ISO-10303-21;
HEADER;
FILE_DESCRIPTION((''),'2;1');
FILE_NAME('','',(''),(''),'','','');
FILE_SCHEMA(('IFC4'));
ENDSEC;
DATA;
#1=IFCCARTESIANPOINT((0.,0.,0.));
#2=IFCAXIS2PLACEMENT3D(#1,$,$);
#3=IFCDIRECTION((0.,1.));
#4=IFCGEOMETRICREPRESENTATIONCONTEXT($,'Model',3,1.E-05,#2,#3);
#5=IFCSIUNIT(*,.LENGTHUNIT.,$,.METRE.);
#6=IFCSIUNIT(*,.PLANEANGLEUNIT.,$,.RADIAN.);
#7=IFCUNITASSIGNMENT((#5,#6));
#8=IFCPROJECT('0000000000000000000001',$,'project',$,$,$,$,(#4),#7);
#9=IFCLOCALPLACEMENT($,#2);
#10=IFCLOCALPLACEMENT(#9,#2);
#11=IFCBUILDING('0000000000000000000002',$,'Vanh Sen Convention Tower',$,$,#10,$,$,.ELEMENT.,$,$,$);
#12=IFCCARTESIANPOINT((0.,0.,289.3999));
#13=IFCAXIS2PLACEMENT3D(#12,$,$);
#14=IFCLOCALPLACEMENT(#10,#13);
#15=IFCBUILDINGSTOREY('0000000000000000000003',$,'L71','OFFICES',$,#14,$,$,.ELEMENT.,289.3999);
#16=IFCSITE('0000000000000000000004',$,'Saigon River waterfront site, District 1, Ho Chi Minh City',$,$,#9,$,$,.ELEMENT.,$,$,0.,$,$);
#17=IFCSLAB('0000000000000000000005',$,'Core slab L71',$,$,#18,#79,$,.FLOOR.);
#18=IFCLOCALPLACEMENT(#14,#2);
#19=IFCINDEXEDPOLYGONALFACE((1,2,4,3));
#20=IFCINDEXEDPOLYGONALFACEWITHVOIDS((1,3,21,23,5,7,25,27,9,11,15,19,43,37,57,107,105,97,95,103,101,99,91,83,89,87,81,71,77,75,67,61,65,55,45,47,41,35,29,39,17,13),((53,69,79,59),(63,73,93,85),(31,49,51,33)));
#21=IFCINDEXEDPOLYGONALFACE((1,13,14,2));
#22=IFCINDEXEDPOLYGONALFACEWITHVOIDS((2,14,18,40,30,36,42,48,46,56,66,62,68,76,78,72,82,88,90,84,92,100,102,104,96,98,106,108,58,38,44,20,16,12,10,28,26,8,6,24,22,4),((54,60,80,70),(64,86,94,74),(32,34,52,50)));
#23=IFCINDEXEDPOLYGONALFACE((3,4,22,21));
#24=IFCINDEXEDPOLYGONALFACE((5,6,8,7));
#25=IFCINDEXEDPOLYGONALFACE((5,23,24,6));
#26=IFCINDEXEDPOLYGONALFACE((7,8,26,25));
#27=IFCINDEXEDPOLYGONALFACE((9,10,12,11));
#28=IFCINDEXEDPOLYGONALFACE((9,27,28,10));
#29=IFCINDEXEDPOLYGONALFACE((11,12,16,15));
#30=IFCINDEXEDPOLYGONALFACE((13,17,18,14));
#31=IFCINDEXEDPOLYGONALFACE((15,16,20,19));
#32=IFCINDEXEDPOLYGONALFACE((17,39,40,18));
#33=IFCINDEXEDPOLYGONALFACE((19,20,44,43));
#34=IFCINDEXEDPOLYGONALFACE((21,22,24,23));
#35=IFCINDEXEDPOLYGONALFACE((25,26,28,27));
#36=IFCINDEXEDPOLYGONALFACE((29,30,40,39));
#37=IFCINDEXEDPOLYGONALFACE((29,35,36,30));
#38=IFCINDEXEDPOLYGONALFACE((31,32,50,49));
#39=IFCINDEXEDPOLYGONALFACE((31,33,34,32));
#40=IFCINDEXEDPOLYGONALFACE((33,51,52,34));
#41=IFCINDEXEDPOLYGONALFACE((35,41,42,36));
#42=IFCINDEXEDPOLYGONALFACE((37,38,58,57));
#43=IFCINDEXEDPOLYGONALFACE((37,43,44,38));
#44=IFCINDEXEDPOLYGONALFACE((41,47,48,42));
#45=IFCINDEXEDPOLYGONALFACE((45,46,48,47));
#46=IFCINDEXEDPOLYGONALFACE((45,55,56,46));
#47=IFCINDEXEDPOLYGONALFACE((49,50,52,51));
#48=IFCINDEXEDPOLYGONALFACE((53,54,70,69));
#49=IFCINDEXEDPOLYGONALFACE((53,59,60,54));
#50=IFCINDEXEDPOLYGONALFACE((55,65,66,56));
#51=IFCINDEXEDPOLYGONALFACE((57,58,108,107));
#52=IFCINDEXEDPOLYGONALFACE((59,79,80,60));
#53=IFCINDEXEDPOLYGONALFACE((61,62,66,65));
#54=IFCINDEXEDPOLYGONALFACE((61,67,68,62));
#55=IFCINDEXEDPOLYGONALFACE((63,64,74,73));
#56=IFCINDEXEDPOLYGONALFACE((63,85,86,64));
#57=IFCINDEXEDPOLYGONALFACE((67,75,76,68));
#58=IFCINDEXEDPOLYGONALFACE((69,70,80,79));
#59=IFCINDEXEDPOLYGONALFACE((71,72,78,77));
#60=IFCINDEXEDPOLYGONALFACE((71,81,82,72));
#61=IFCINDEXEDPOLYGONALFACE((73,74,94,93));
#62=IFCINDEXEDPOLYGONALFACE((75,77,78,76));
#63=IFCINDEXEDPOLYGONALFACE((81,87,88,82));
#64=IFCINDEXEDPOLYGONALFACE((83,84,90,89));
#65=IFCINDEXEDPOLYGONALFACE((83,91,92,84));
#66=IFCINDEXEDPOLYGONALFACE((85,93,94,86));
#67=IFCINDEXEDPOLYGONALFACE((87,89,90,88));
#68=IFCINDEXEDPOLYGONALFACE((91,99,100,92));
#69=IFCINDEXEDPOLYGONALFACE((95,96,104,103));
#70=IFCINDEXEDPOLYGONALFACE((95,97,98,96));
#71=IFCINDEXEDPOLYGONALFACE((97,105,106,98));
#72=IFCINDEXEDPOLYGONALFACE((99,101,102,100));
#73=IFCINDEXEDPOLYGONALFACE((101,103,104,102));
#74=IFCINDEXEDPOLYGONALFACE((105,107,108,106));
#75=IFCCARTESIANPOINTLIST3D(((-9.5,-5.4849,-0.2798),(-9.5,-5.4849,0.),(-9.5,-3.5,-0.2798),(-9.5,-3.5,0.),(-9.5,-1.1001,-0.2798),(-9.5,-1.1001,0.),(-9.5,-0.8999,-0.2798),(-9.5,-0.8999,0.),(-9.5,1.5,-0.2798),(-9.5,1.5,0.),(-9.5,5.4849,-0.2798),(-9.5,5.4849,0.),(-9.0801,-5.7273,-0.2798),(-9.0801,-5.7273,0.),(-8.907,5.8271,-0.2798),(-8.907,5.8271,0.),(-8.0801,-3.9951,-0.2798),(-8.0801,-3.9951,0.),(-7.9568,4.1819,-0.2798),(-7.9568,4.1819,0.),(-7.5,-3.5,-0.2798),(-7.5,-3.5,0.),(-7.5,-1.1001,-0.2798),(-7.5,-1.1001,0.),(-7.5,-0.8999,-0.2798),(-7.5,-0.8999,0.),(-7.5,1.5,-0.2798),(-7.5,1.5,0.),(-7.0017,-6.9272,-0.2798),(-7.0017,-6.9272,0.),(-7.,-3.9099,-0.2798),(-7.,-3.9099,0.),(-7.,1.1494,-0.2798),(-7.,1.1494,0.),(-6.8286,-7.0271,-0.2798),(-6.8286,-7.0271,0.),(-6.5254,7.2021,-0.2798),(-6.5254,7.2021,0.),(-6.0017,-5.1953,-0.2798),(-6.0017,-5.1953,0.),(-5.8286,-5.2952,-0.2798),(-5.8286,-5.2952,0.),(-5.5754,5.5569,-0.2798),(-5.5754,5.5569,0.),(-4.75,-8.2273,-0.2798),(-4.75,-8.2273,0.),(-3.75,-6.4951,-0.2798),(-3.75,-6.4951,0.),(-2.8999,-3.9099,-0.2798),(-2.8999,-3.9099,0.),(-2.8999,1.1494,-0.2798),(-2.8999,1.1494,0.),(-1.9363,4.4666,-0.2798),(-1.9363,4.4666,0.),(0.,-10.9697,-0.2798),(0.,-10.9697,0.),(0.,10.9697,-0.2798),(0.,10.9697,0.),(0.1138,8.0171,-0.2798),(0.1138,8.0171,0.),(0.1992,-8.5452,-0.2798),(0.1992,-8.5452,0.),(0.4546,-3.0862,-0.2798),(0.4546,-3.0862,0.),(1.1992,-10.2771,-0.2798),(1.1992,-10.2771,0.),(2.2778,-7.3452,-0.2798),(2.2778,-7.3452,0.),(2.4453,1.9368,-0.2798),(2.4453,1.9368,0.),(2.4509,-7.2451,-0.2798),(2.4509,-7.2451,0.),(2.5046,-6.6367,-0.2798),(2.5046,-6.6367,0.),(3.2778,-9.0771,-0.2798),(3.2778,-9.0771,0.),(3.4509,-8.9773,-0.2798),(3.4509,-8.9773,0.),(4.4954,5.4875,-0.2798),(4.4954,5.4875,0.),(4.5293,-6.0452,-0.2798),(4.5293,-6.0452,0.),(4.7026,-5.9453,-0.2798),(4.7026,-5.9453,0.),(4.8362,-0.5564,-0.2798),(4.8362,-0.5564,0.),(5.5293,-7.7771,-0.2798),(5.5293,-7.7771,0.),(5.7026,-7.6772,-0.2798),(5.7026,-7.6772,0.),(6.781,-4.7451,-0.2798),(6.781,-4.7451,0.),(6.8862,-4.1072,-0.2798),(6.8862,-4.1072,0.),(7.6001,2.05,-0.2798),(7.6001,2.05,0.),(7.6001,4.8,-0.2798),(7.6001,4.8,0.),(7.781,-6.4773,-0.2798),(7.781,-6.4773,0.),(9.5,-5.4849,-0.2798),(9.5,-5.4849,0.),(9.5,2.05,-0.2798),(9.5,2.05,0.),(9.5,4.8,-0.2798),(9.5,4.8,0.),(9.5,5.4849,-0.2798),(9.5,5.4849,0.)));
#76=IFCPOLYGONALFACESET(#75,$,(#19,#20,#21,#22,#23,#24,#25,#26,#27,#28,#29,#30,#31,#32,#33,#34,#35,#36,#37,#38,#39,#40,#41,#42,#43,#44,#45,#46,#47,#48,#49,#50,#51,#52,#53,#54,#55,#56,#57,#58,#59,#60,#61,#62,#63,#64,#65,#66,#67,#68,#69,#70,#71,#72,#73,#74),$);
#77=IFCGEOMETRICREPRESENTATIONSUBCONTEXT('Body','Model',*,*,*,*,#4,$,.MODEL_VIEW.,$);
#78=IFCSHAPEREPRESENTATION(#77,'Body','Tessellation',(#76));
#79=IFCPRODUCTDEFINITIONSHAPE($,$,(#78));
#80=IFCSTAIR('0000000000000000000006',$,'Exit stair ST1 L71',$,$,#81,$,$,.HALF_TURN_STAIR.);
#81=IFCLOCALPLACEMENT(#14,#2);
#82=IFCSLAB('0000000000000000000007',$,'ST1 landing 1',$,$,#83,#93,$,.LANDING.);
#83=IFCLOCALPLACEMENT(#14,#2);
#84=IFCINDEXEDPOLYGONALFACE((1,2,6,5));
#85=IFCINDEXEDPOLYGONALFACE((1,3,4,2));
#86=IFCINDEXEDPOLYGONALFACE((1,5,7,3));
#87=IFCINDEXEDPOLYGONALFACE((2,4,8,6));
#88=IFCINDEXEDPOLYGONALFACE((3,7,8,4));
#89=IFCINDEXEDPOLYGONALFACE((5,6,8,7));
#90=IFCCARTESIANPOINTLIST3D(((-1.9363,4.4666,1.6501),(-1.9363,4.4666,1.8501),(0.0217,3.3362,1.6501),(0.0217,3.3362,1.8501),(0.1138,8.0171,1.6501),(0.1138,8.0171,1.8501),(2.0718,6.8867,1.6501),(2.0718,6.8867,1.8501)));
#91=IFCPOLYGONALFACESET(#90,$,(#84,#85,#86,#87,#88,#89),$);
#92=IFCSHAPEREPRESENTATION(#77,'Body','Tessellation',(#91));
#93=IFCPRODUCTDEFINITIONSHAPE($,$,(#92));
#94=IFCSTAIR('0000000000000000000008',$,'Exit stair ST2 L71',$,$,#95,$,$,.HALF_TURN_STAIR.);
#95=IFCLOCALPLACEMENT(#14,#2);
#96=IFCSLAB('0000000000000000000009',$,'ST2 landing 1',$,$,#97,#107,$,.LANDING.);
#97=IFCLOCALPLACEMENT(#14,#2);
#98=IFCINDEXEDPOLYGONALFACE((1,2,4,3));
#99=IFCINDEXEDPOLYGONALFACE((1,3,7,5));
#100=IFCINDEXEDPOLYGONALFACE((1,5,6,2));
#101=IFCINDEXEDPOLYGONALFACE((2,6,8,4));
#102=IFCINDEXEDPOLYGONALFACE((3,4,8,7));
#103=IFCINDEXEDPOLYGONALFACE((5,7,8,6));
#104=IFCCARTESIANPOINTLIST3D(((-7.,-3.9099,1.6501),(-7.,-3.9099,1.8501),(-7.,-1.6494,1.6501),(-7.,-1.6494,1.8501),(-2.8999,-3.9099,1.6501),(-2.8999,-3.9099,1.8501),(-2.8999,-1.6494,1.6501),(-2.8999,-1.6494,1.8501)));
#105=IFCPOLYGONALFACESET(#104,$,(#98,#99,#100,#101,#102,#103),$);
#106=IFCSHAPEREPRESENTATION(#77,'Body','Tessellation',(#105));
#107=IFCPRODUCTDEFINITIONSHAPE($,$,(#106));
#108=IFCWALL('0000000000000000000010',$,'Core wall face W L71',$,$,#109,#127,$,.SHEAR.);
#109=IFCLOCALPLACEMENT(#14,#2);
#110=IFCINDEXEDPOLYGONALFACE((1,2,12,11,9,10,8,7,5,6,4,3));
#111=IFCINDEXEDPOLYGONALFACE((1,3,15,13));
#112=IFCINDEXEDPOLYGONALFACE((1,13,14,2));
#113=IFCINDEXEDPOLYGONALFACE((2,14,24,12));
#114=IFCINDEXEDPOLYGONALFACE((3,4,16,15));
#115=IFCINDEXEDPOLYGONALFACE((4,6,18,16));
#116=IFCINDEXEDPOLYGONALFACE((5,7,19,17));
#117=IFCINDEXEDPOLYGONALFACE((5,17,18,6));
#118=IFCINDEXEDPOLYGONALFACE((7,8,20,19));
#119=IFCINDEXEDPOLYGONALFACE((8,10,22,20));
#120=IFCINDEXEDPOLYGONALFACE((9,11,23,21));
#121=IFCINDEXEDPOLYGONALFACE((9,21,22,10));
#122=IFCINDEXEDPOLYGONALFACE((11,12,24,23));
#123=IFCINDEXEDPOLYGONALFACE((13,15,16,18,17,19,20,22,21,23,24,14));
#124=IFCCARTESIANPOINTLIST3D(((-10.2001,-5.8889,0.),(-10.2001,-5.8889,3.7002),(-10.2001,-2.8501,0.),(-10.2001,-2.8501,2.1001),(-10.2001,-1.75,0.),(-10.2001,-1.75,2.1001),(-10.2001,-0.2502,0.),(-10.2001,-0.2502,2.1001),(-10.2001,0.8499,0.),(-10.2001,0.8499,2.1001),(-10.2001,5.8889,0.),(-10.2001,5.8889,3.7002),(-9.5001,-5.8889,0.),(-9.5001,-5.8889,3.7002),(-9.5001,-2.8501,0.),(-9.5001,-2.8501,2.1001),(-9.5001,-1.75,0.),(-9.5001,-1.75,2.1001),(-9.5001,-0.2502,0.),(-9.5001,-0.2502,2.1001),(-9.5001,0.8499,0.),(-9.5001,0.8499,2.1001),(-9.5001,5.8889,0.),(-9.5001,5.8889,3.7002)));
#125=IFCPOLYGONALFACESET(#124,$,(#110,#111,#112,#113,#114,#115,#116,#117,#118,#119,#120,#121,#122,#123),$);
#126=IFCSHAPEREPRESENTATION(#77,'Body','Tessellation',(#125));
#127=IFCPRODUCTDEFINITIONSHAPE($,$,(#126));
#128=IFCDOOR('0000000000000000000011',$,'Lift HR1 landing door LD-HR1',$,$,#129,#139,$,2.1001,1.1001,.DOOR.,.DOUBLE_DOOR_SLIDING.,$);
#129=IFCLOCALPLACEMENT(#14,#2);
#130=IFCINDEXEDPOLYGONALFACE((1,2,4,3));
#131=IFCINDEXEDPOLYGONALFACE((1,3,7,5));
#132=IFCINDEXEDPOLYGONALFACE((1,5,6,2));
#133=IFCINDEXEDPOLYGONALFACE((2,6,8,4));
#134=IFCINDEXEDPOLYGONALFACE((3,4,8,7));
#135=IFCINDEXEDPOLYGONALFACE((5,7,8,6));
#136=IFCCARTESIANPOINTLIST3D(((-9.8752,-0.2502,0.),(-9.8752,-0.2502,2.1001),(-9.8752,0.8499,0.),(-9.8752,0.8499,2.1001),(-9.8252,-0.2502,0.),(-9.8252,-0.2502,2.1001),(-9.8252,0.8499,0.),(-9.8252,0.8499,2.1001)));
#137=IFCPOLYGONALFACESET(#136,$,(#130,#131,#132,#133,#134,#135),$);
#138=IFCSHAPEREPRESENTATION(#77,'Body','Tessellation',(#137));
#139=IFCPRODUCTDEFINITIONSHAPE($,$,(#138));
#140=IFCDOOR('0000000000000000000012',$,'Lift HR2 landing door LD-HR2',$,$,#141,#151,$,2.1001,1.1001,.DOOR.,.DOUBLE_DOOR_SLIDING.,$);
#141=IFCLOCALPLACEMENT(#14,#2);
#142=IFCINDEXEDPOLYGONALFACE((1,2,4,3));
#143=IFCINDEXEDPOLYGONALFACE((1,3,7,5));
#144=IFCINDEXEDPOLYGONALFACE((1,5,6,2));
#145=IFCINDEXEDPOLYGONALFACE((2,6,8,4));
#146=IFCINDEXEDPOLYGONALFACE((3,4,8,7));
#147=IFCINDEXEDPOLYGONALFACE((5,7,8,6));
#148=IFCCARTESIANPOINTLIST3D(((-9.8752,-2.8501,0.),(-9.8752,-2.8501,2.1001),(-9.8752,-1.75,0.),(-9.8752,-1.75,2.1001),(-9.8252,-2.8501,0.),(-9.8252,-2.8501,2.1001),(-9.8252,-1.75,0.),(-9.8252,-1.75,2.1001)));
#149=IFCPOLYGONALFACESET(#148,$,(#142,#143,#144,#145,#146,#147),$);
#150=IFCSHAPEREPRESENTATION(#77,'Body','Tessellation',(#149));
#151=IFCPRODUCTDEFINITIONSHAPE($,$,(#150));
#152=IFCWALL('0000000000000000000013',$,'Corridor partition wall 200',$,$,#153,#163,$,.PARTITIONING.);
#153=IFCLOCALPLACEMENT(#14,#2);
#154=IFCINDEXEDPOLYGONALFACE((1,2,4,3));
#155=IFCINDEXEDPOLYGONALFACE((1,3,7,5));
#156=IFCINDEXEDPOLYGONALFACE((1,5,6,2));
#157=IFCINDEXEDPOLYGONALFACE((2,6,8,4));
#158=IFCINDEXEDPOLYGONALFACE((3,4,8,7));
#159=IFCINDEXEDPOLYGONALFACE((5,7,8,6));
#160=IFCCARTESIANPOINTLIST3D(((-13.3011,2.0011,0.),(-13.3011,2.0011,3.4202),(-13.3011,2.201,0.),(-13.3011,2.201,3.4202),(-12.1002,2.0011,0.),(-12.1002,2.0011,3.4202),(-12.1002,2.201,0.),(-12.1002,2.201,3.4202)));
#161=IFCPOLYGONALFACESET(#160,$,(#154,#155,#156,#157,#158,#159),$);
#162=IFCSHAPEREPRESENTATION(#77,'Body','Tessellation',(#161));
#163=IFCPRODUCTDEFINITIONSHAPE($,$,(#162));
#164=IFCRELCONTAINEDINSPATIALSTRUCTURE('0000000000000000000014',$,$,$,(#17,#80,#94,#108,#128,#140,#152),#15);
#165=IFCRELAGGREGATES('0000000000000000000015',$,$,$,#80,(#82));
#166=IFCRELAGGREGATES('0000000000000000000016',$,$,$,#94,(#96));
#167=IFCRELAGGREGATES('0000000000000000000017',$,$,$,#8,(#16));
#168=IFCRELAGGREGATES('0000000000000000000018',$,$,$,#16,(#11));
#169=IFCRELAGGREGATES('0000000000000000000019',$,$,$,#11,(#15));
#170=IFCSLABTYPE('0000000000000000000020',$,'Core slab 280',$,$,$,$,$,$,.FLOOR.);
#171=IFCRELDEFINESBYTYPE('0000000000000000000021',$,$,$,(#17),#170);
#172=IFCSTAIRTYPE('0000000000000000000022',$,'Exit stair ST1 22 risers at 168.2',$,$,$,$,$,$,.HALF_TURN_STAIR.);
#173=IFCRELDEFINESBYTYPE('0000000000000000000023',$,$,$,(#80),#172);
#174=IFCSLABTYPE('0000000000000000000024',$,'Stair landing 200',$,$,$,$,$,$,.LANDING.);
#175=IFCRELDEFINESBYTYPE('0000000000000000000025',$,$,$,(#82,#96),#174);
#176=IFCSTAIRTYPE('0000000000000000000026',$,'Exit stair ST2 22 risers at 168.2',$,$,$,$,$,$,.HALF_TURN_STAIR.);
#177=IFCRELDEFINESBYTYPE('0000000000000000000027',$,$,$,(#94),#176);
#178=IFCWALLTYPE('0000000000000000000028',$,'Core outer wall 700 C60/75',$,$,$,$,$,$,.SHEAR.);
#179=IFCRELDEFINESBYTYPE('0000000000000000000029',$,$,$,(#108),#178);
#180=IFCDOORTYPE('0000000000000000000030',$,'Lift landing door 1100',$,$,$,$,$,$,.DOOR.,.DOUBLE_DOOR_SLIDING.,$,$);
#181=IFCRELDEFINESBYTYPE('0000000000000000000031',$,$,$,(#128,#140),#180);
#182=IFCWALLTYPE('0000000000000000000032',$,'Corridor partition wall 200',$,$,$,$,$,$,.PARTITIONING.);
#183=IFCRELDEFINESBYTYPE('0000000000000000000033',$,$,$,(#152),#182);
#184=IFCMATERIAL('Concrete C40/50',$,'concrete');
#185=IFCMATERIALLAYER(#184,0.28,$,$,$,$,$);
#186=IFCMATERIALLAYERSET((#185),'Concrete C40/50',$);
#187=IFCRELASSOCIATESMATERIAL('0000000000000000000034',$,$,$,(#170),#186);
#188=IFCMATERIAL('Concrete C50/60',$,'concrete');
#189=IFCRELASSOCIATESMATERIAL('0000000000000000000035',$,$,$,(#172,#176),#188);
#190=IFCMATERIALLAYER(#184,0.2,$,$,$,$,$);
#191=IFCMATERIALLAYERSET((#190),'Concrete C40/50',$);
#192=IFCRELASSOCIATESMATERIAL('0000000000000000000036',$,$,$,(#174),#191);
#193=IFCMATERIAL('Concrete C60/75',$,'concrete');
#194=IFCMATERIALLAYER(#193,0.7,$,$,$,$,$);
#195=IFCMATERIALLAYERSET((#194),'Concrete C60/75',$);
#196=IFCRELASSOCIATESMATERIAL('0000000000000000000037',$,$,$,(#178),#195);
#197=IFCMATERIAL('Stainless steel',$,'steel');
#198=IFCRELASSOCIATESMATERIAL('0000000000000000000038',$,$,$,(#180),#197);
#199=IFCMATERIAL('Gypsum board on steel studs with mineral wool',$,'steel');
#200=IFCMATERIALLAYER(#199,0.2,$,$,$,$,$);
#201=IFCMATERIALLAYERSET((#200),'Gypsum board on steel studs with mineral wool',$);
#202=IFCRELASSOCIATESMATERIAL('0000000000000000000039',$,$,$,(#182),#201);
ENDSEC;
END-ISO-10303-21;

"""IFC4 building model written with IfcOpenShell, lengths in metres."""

from ifc_helpers import new_model, si_unit, direction, frame, frame_2d, origin, place, context, subcontext, project, spatial, polyline, rectangle, outline, extrude, material, layer, layer_set, type_object, element, fill, aggregate, save


model = new_model("IFC4")

# Units and contexts
model_context = context("Model", 3, precision=1e-05, world=origin(), true_north=direction((0.0, 1.0)))
body_context = subcontext(model_context, "Body", "Model", "MODEL_VIEW")
ifc_project = project(units=[si_unit("LENGTHUNIT", "METRE"), si_unit("PLANEANGLEUNIT", "RADIAN")], contexts=[model_context])

# Site, building, storey
site_placement = place(None, origin())
site = spatial("IfcSite", under=ifc_project, at=site_placement, Name="Saigon River waterfront site, District 1, Ho Chi Minh City", CompositionType="ELEMENT", RefElevation=0.0)
building_placement = place(site_placement, origin())
building = spatial("IfcBuilding", under=site, at=building_placement, Name="Vanh Sen Convention Tower", CompositionType="ELEMENT")
storey_placement = place(building_placement, frame((0.0, 0.0, 289.3999)))
storey = spatial("IfcBuildingStorey", under=building, at=storey_placement, Name="L71", Description="OFFICES", CompositionType="ELEMENT", Elevation=289.3999)

# Slab
ifc_material_1 = material(Name="Concrete C40/50", Category="concrete")
ifc_layer_1 = layer(ifc_material_1, 0.28)
ifc_layer_set_1 = layer_set([ifc_layer_1], Name="Concrete C40/50")
slab_type_1 = type_object("IfcSlabType", Name="Core slab 280", PredefinedType="FLOOR", material=ifc_layer_set_1)
slab_1_placement = place(storey_placement, frame((0.0, 0.0, -0.2798)))
element("IfcSlab", 1, at=slab_1_placement, inside=storey, type_object=slab_type_1, Name="Core slab L71", PredefinedType="FLOOR", context=body_context, shape_type="SweptSolid", body=[
    extrude(outline(polyline([(0.0, 10.9697), (9.5, 5.4849), (9.5, 4.8), (7.6001, 4.8), (7.6001, 2.05), (9.5, 2.05), (9.5, -5.4849), (7.781, -6.4773), (6.781, -4.7451), (4.7026, -5.9453), (5.7026, -7.6772), (5.5293, -7.7771), (4.5293, -6.0452), (2.4509, -7.2451), (3.4509, -8.9773), (3.2778, -9.0771), (2.2778, -7.3452), (0.1992, -8.5452), (1.1992, -10.2771), (0.0, -10.9697), (-4.75, -8.2273), (-3.75, -6.4951), (-5.8286, -5.2952), (-6.8286, -7.0271), (-7.0017, -6.9272), (-6.0017, -5.1953), (-8.0801, -3.9951), (-9.0801, -5.7273), (-9.5, -5.4849), (-9.5, -3.5), (-7.5, -3.5), (-7.5, -1.1001), (-9.5, -1.1001), (-9.5, -0.8999), (-7.5, -0.8999), (-7.5, 1.5), (-9.5, 1.5), (-9.5, 5.4849), (-8.907, 5.8271), (-7.9568, 4.1819), (-5.5754, 5.5569), (-6.5254, 7.2021), (0.0, 10.9697)]), holes=[polyline([(-7.0, 1.1494), (-7.0, -3.9099), (-2.8999, -3.9099), (-2.8999, 1.1494), (-7.0, 1.1494)]), polyline([(2.5046, -6.6367), (6.8862, -4.1072), (4.8362, -0.5564), (0.4546, -3.0862), (2.5046, -6.6367)]), polyline([(0.1138, 8.0171), (-1.9363, 4.4666), (2.4453, 1.9368), (4.4954, 5.4875), (0.1138, 8.0171)])]), origin(), (0.0, 0.0, 1.0), 0.2798),
])

# Stairs, slabs
ifc_material_2 = material(Name="Concrete C50/60", Category="concrete")
stair_type_1 = type_object("IfcStairType", Name="Exit stair ST1 22 risers at 168.2", PredefinedType="HALF_TURN_STAIR", material=ifc_material_2)
stair_1_placement = place(storey_placement, origin())
stair_1 = element("IfcStair", 2, at=stair_1_placement, inside=storey, type_object=stair_type_1, Name="Exit stair ST1 L71", PredefinedType="HALF_TURN_STAIR")
ifc_layer_2 = layer(ifc_material_1, 0.2)
ifc_layer_set_2 = layer_set([ifc_layer_2], Name="Concrete C40/50")
slab_type_2 = type_object("IfcSlabType", Name="Stair landing 200", PredefinedType="LANDING", material=ifc_layer_set_2)
slab_2_placement = place(storey_placement, frame((0.0, 0.0, 1.6501)))
slab_2 = element("IfcSlab", 3, at=slab_2_placement, type_object=slab_type_2, Name="ST1 landing 1", PredefinedType="LANDING", context=body_context, shape_type="SweptSolid", body=[
    extrude(outline(polyline([(2.0718, 6.8867), (0.1138, 8.0171), (-1.9363, 4.4666), (0.0217, 3.3362), (2.0718, 6.8867)])), origin(), (0.0, 0.0, 1.0), 0.2),
])
aggregate(stair_1, [slab_2])
stair_type_2 = type_object("IfcStairType", Name="Exit stair ST2 22 risers at 168.2", PredefinedType="HALF_TURN_STAIR", material=ifc_material_2)
stair_2_placement = place(storey_placement, origin())
stair_2 = element("IfcStair", 4, at=stair_2_placement, inside=storey, type_object=stair_type_2, Name="Exit stair ST2 L71", PredefinedType="HALF_TURN_STAIR")
slab_3_placement = place(storey_placement, frame((0.0, 0.0, 1.6501)))
slab_3 = element("IfcSlab", 5, at=slab_3_placement, type_object=slab_type_2, Name="ST2 landing 1", PredefinedType="LANDING", context=body_context, shape_type="SweptSolid", body=[
    extrude(outline(polyline([(-7.0, -1.6494), (-7.0, -3.9099), (-2.8999, -3.9099), (-2.8999, -1.6494), (-7.0, -1.6494)])), origin(), (0.0, 0.0, 1.0), 0.2),
])
aggregate(stair_2, [slab_3])

# Wall, openings, doors
ifc_material_3 = material(Name="Concrete C60/75", Category="concrete")
ifc_layer_3 = layer(ifc_material_3, 0.7)
ifc_layer_set_3 = layer_set([ifc_layer_3], Name="Concrete C60/75")
wall_type_1 = type_object("IfcWallType", Name="Core outer wall 700 C60/75", PredefinedType="SHEAR", material=ifc_layer_set_3)
wall_1_placement = place(storey_placement, frame((-9.8501, 5.8889, 0.0), z_axis=(0.0, 0.0, 1.0), x_axis=(0.0, -1.0, 0.0)))
wall_1 = element("IfcWall", 6, at=wall_1_placement, inside=storey, type_object=wall_type_1, Name="Core wall face W L71", PredefinedType="SHEAR", context=body_context, shape_type="SweptSolid", body=[
    extrude(rectangle(XDim=11.7778, YDim=0.7, at=frame_2d((5.8889, 0.0))), origin(), (0.0, 0.0, 1.0), 3.7002),
])
opening_1_placement = place(wall_1_placement, frame((5.0391, 0.0, 0.0)))
opening_1 = element("IfcOpeningElement", 7, at=opening_1_placement, cuts=wall_1, PredefinedType="OPENING", context=body_context, shape_type="SweptSolid", body=[
    extrude(rectangle(XDim=1.1001, YDim=2.1001, at=frame_2d((0.55, 1.05))), frame((0.0, 0.3599, 0.0), z_axis=(0.0, -1.0, 0.0), x_axis=(1.0, 0.0, 0.0)), (0.0, 0.0, 1.0), 0.72),
])
opening_2_placement = place(wall_1_placement, frame((7.6389, 0.0, 0.0)))
opening_2 = element("IfcOpeningElement", 8, at=opening_2_placement, cuts=wall_1, PredefinedType="OPENING", context=body_context, shape_type="SweptSolid", body=[
    extrude(rectangle(XDim=1.1001, YDim=2.1001, at=frame_2d((0.55, 1.05))), frame((0.0, 0.3599, 0.0), z_axis=(0.0, -1.0, 0.0), x_axis=(1.0, 0.0, 0.0)), (0.0, 0.0, 1.0), 0.72),
])
ifc_material_4 = material(Name="Stainless steel", Category="steel")
door_type_1 = type_object("IfcDoorType", Name="Lift landing door 1100", OperationType="DOUBLE_DOOR_SLIDING", PredefinedType="DOOR", material=ifc_material_4)
door_1_placement = place(opening_1_placement, origin())
door_1 = element("IfcDoor", 9, at=door_1_placement, inside=storey, type_object=door_type_1, Name="Lift HR1 landing door LD-HR1", OperationType="DOUBLE_DOOR_SLIDING", OverallHeight=2.1001, OverallWidth=1.1001, PredefinedType="DOOR", context=body_context, shape_type="SweptSolid", body=[
    extrude(rectangle(XDim=1.1001, YDim=2.1001, at=frame_2d((0.55, 1.05))), frame((0.0, 0.0249, 0.0), z_axis=(0.0, -1.0, 0.0), x_axis=(1.0, 0.0, 0.0)), (0.0, 0.0, 1.0), 0.05),
])
fill(opening_1, door_1)
door_2_placement = place(opening_2_placement, origin())
door_2 = element("IfcDoor", 10, at=door_2_placement, inside=storey, type_object=door_type_1, Name="Lift HR2 landing door LD-HR2", OperationType="DOUBLE_DOOR_SLIDING", OverallHeight=2.1001, OverallWidth=1.1001, PredefinedType="DOOR", context=body_context, shape_type="SweptSolid", body=[
    extrude(rectangle(XDim=1.1001, YDim=2.1001, at=frame_2d((0.55, 1.05))), frame((0.0, 0.0249, 0.0), z_axis=(0.0, -1.0, 0.0), x_axis=(1.0, 0.0, 0.0)), (0.0, 0.0, 1.0), 0.05),
])
fill(opening_2, door_2)

# Wall
ifc_material_5 = material(Name="Gypsum board on steel studs with mineral wool", Category="steel")
ifc_layer_4 = layer(ifc_material_5, 0.2)
ifc_layer_set_4 = layer_set([ifc_layer_4], Name="Gypsum board on steel studs with mineral wool")
wall_type_2 = type_object("IfcWallType", Name="Corridor partition wall 200", PredefinedType="PARTITIONING", material=ifc_layer_set_4)
wall_2_placement = place(storey_placement, frame((-12.1001, 2.1011, 0.0), z_axis=(0.0, 0.0, 1.0), x_axis=(-1.0, 0.0, 0.0)))
element("IfcWall", 11, at=wall_2_placement, inside=storey, type_object=wall_type_2, Name="Corridor partition wall 200", PredefinedType="PARTITIONING", context=body_context, shape_type="SweptSolid", body=[
    extrude(rectangle(XDim=1.2009, YDim=0.2, at=frame_2d((0.6006, 0.0))), origin(), (0.0, 0.0, 1.0), 3.4202),
])

save(model, "model.ifc")
